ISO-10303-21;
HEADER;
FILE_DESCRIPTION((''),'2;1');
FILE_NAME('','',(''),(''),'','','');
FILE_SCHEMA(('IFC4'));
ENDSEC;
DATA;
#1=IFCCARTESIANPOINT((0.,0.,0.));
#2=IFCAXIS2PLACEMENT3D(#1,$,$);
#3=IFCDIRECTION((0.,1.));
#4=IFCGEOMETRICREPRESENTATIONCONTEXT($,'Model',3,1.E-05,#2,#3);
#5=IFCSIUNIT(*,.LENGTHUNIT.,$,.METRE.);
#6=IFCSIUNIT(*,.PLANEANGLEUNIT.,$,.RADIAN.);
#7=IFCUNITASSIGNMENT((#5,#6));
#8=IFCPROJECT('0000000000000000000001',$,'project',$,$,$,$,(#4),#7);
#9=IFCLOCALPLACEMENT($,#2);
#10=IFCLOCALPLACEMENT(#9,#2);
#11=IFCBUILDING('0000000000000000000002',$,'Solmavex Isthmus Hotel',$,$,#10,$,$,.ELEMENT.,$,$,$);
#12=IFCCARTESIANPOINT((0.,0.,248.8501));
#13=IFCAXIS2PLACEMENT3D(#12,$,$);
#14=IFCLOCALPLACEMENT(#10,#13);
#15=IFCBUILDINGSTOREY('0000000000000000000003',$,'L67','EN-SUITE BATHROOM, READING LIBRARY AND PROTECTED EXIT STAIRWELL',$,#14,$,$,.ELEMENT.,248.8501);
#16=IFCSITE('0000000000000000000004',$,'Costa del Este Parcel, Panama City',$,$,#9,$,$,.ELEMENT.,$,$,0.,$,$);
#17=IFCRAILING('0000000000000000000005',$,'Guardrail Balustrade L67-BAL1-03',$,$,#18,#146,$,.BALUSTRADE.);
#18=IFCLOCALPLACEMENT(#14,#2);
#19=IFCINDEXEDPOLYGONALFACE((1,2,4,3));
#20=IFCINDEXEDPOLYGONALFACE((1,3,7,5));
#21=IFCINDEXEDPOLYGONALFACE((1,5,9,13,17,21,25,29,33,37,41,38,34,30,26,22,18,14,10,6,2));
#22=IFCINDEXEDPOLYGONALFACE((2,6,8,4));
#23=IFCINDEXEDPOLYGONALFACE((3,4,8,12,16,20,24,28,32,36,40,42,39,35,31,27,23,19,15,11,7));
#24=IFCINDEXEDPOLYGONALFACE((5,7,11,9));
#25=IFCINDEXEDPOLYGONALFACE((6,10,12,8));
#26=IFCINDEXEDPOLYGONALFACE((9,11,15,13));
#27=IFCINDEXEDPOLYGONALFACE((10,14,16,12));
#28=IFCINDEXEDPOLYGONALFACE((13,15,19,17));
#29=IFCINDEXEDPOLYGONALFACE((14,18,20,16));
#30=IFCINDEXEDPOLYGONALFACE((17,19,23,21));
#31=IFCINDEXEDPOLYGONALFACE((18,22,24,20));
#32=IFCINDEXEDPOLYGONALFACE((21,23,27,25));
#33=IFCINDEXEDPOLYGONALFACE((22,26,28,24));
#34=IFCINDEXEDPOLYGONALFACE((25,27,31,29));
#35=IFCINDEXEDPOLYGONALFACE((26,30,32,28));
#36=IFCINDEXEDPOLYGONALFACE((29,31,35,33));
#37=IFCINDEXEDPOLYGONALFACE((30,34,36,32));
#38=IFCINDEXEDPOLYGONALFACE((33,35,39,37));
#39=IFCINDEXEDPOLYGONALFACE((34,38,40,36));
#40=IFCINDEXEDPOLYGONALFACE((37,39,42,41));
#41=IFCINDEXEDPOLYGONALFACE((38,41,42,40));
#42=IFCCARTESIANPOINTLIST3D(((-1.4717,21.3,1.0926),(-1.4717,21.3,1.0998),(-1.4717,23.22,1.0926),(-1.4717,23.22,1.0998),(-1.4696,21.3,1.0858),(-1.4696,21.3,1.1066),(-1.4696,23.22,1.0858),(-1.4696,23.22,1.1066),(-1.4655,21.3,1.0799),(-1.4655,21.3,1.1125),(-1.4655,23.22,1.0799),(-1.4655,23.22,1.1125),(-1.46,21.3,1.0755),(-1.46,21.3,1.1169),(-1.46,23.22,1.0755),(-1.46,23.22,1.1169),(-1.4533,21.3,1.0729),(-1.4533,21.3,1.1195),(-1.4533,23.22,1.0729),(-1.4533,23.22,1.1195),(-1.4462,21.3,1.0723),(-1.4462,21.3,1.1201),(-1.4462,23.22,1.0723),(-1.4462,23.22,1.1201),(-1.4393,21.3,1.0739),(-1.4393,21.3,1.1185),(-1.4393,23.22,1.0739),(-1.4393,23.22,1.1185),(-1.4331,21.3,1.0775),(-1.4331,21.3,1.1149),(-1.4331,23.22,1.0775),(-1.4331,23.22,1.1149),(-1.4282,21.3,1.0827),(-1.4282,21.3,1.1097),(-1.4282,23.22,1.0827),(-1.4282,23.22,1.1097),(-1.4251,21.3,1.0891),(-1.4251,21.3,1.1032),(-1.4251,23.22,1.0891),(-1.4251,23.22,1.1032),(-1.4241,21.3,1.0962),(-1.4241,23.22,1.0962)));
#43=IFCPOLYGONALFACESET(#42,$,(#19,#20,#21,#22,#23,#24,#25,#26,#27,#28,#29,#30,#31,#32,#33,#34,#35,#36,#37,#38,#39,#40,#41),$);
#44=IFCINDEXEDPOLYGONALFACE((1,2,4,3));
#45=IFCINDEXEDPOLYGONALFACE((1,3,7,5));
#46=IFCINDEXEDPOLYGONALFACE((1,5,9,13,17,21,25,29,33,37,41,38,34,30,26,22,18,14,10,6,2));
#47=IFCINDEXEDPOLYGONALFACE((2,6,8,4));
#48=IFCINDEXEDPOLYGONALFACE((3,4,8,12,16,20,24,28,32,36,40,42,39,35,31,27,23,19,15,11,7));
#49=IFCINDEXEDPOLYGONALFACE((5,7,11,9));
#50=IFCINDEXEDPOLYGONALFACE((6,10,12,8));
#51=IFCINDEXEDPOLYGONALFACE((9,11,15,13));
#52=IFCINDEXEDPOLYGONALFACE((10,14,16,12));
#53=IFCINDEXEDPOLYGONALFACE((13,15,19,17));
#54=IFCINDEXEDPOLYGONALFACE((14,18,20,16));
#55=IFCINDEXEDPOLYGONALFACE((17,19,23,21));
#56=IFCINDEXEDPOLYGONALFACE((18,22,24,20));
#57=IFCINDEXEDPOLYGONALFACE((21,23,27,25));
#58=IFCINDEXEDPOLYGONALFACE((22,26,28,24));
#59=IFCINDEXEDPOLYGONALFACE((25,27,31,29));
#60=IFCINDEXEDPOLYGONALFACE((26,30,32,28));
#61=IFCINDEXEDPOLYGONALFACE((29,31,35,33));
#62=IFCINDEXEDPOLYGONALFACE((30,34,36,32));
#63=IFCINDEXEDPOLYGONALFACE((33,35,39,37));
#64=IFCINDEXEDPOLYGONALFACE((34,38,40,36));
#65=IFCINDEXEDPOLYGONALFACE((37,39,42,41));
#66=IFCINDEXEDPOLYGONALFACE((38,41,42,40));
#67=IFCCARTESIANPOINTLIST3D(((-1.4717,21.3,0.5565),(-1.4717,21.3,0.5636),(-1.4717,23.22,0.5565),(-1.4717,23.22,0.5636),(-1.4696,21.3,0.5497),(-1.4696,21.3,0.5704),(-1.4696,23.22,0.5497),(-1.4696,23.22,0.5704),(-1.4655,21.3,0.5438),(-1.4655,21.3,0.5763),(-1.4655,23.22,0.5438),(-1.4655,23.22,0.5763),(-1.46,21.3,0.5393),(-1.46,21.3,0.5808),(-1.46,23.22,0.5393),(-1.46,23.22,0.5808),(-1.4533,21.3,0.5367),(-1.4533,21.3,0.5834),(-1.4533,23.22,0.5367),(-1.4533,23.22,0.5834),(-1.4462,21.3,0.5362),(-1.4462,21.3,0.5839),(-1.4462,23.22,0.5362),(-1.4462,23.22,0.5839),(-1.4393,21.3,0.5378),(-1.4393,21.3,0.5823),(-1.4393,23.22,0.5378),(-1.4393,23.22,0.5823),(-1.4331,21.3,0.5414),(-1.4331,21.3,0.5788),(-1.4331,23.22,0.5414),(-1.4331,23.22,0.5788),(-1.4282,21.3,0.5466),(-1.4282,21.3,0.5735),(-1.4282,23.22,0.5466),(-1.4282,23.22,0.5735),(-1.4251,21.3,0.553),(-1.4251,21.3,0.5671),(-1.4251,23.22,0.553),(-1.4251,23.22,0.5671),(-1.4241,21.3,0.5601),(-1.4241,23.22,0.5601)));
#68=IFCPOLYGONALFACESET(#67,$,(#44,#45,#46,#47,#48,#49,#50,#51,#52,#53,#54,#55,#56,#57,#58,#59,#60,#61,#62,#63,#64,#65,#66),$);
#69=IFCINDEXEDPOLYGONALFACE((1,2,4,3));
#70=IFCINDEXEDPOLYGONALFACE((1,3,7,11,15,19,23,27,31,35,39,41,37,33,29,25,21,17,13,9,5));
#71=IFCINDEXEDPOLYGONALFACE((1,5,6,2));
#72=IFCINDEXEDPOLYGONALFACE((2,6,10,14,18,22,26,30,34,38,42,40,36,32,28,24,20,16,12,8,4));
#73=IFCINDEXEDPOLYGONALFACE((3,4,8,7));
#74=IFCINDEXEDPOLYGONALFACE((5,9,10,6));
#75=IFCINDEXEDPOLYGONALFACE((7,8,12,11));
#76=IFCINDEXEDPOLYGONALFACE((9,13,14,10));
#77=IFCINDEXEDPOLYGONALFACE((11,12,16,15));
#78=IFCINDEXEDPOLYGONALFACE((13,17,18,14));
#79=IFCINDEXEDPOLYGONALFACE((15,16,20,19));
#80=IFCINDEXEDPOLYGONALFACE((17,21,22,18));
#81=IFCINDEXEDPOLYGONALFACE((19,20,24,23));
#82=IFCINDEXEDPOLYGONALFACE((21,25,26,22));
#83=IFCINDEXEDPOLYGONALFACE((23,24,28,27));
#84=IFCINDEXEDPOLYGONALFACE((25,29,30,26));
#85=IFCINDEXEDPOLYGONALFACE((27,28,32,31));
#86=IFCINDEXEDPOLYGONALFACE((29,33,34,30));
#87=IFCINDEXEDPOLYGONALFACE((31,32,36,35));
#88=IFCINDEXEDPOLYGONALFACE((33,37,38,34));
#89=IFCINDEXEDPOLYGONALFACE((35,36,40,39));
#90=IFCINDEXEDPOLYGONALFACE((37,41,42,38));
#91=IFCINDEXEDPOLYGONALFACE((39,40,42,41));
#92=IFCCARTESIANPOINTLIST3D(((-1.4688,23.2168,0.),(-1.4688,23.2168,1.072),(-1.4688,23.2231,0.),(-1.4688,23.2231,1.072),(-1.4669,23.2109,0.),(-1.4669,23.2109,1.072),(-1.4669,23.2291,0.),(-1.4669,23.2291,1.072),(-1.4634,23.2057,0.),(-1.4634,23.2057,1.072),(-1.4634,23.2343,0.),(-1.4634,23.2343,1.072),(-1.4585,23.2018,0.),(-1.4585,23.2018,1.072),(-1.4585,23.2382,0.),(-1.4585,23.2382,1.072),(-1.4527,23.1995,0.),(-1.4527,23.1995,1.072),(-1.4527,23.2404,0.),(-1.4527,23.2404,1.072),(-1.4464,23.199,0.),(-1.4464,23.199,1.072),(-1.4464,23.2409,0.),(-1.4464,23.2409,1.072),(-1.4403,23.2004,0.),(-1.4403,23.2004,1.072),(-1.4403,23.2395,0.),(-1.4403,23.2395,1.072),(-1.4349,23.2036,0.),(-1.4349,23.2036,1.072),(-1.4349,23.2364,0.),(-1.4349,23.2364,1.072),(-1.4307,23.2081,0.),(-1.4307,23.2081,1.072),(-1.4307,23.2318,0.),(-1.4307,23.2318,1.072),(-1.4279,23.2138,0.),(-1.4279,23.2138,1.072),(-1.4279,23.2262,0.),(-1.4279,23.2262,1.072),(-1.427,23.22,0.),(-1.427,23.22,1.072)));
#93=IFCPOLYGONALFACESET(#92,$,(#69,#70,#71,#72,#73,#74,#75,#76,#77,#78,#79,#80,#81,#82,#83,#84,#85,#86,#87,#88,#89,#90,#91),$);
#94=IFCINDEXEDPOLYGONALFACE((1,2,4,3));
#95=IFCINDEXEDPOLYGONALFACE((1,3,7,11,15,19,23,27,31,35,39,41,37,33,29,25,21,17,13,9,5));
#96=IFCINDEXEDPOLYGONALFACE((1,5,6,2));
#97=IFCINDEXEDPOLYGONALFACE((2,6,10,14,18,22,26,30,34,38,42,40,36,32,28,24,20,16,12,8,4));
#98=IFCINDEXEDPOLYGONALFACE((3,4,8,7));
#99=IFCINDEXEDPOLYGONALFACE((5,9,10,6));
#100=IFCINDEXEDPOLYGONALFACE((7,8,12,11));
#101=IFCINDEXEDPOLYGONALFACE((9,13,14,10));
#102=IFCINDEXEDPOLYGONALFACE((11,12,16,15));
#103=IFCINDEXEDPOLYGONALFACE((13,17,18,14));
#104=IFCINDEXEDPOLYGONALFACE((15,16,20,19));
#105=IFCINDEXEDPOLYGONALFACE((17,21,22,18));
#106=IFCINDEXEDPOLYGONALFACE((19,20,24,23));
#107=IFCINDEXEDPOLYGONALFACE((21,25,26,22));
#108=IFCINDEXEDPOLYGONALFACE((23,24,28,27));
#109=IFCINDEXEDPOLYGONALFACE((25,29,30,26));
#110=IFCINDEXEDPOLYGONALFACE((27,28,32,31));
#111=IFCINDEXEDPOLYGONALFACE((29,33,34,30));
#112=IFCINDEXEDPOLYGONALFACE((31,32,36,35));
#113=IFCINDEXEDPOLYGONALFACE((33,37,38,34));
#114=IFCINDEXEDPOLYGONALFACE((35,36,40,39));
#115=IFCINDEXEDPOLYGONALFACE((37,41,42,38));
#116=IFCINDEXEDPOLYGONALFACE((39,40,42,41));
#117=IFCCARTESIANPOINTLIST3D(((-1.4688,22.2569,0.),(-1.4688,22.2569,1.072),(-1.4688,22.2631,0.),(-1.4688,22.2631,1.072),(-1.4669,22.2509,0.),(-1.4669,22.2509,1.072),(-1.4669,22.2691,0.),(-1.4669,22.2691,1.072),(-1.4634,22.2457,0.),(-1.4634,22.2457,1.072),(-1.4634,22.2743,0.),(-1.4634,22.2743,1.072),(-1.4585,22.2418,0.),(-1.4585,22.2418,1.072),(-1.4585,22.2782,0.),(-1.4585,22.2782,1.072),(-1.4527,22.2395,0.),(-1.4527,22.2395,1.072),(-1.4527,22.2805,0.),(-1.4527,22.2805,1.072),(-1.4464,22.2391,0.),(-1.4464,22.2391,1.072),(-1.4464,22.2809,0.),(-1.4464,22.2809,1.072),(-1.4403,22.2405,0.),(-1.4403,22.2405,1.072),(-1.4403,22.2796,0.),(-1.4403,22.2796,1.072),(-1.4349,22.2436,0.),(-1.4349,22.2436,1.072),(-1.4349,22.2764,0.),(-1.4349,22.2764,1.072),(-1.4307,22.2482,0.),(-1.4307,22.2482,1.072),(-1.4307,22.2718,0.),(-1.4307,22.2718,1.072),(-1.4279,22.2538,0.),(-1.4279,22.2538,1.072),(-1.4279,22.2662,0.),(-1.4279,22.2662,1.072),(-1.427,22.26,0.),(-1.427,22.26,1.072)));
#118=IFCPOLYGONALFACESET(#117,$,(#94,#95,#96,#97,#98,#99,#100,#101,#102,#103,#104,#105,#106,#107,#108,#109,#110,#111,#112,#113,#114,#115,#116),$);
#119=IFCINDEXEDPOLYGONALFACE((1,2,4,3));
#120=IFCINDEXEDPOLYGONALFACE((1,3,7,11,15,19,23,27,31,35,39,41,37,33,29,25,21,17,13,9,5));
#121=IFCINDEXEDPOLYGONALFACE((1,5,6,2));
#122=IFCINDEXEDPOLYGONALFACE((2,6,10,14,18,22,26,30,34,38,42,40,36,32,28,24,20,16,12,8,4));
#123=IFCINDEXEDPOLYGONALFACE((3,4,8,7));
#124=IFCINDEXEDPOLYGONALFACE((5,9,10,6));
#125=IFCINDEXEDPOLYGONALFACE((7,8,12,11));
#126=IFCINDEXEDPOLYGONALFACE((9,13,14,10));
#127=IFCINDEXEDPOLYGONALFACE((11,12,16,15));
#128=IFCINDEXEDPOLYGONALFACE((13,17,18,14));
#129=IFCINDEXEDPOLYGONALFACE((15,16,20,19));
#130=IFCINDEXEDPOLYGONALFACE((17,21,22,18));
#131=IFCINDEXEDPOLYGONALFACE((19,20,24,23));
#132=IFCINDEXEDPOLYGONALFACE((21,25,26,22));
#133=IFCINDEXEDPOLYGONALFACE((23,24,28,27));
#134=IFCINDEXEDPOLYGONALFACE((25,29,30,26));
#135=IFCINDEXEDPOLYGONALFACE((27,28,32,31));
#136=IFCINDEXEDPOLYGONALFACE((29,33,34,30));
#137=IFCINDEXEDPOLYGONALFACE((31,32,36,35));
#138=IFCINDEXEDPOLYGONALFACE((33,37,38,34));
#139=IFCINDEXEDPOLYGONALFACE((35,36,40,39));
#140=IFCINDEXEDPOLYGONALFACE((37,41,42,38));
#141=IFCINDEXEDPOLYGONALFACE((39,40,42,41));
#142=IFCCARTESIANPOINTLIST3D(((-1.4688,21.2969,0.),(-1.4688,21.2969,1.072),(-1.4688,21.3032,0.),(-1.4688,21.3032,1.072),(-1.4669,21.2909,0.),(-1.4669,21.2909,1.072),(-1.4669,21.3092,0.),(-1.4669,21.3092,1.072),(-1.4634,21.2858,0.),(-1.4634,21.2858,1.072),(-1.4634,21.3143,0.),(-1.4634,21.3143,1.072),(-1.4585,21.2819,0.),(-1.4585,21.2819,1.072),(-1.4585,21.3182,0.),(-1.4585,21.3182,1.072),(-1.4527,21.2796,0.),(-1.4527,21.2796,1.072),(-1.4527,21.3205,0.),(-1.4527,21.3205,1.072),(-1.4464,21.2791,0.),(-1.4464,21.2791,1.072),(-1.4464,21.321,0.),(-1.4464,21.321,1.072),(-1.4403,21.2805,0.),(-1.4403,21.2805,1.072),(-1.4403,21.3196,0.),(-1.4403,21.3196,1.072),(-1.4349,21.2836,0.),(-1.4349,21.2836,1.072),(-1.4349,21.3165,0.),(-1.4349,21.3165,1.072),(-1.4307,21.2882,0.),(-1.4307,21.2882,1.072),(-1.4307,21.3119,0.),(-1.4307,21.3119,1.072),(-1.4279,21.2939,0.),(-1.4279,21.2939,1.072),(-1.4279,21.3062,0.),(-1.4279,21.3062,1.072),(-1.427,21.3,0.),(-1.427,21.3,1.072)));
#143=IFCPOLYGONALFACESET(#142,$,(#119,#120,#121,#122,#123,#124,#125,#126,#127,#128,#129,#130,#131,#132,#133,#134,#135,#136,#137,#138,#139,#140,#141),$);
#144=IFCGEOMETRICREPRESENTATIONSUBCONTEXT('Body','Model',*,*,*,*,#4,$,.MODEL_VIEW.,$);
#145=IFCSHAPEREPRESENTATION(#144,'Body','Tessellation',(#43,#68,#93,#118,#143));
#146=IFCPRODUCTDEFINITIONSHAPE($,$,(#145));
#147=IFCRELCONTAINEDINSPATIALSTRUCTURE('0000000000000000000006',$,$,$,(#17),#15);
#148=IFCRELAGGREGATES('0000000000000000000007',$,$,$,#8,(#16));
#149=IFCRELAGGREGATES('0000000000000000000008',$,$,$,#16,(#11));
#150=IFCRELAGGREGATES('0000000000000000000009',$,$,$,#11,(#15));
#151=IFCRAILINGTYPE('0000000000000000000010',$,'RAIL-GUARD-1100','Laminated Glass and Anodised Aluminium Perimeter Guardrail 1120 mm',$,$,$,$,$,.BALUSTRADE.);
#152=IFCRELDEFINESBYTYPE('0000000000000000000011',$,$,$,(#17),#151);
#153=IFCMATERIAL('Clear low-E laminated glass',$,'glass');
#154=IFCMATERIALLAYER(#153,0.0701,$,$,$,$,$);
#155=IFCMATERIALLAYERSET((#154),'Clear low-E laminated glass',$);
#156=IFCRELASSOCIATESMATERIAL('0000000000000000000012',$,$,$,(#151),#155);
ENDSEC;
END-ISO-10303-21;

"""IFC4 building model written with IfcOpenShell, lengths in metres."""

from ifc_helpers import new_model, si_unit, direction, frame, origin, origin_2d, place, context, subcontext, project, spatial, circle, extrude, material, layer, layer_set, type_object, element, save


model = new_model("IFC4")

# Units and contexts
model_context = context("Model", 3, precision=1e-05, world=origin(), true_north=direction((0.0, 1.0)))
body_context = subcontext(model_context, "Body", "Model", "MODEL_VIEW")
ifc_project = project(units=[si_unit("LENGTHUNIT", "METRE"), si_unit("PLANEANGLEUNIT", "RADIAN")], contexts=[model_context])

# Site, building, storey
site_placement = place(None, origin())
site = spatial("IfcSite", under=ifc_project, at=site_placement, Name="Costa del Este Parcel, Panama City", CompositionType="ELEMENT", RefElevation=0.0)
building_placement = place(site_placement, origin())
building = spatial("IfcBuilding", under=site, at=building_placement, Name="Solmavex Isthmus Hotel", CompositionType="ELEMENT")
storey_placement = place(building_placement, frame((0.0, 0.0, 248.8501)))
storey = spatial("IfcBuildingStorey", under=building, at=storey_placement, Name="L67", Description="EN-SUITE BATHROOM, READING LIBRARY AND PROTECTED EXIT STAIRWELL", CompositionType="ELEMENT", Elevation=248.8501)

# Shared definitions
ifc_material_1 = material(Name="Clear low-E laminated glass", Category="glass")

# Railing
ifc_layer_1 = layer(ifc_material_1, 0.0701)
ifc_layer_set_1 = layer_set([ifc_layer_1], Name="Clear low-E laminated glass")
railing_type = type_object("IfcRailingType", Name="RAIL-GUARD-1100", Description="Laminated Glass and Anodised Aluminium Perimeter Guardrail 1120 mm", PredefinedType="BALUSTRADE", material=ifc_layer_set_1)
railing_1_placement = place(storey_placement, frame((-1.448, 23.22, 0.0)))
element("IfcRailing", 1, at=railing_1_placement, inside=storey, type_object=railing_type, Name="Guardrail Balustrade L67-BAL1-03", PredefinedType="BALUSTRADE", context=body_context, shape_type="SweptSolid", body=[
    extrude(circle(Radius=0.0239, at=origin_2d()), frame((0.0, 0.0, 1.0962), z_axis=(0.0, -1.0, 0.0), x_axis=(1.0, 0.0, 0.0)), (0.0, 0.0, 1.0), 1.9199),
    extrude(circle(Radius=0.0239, at=origin_2d()), frame((0.0, 0.0, 0.5601), z_axis=(0.0, -1.0, 0.0), x_axis=(1.0, 0.0, 0.0)), (0.0, 0.0, 1.0), 1.9199),
    extrude(circle(Radius=0.021, at=origin_2d()), origin(), (0.0, 0.0, 1.0), 1.072),
    extrude(circle(Radius=0.021, at=origin_2d()), frame((0.0, -0.96, 0.0)), (0.0, 0.0, 1.0), 1.072),
    extrude(circle(Radius=0.021, at=origin_2d()), frame((0.0, -1.9199, 0.0)), (0.0, 0.0, 1.0), 1.072),
])

save(model, "model.ifc")
